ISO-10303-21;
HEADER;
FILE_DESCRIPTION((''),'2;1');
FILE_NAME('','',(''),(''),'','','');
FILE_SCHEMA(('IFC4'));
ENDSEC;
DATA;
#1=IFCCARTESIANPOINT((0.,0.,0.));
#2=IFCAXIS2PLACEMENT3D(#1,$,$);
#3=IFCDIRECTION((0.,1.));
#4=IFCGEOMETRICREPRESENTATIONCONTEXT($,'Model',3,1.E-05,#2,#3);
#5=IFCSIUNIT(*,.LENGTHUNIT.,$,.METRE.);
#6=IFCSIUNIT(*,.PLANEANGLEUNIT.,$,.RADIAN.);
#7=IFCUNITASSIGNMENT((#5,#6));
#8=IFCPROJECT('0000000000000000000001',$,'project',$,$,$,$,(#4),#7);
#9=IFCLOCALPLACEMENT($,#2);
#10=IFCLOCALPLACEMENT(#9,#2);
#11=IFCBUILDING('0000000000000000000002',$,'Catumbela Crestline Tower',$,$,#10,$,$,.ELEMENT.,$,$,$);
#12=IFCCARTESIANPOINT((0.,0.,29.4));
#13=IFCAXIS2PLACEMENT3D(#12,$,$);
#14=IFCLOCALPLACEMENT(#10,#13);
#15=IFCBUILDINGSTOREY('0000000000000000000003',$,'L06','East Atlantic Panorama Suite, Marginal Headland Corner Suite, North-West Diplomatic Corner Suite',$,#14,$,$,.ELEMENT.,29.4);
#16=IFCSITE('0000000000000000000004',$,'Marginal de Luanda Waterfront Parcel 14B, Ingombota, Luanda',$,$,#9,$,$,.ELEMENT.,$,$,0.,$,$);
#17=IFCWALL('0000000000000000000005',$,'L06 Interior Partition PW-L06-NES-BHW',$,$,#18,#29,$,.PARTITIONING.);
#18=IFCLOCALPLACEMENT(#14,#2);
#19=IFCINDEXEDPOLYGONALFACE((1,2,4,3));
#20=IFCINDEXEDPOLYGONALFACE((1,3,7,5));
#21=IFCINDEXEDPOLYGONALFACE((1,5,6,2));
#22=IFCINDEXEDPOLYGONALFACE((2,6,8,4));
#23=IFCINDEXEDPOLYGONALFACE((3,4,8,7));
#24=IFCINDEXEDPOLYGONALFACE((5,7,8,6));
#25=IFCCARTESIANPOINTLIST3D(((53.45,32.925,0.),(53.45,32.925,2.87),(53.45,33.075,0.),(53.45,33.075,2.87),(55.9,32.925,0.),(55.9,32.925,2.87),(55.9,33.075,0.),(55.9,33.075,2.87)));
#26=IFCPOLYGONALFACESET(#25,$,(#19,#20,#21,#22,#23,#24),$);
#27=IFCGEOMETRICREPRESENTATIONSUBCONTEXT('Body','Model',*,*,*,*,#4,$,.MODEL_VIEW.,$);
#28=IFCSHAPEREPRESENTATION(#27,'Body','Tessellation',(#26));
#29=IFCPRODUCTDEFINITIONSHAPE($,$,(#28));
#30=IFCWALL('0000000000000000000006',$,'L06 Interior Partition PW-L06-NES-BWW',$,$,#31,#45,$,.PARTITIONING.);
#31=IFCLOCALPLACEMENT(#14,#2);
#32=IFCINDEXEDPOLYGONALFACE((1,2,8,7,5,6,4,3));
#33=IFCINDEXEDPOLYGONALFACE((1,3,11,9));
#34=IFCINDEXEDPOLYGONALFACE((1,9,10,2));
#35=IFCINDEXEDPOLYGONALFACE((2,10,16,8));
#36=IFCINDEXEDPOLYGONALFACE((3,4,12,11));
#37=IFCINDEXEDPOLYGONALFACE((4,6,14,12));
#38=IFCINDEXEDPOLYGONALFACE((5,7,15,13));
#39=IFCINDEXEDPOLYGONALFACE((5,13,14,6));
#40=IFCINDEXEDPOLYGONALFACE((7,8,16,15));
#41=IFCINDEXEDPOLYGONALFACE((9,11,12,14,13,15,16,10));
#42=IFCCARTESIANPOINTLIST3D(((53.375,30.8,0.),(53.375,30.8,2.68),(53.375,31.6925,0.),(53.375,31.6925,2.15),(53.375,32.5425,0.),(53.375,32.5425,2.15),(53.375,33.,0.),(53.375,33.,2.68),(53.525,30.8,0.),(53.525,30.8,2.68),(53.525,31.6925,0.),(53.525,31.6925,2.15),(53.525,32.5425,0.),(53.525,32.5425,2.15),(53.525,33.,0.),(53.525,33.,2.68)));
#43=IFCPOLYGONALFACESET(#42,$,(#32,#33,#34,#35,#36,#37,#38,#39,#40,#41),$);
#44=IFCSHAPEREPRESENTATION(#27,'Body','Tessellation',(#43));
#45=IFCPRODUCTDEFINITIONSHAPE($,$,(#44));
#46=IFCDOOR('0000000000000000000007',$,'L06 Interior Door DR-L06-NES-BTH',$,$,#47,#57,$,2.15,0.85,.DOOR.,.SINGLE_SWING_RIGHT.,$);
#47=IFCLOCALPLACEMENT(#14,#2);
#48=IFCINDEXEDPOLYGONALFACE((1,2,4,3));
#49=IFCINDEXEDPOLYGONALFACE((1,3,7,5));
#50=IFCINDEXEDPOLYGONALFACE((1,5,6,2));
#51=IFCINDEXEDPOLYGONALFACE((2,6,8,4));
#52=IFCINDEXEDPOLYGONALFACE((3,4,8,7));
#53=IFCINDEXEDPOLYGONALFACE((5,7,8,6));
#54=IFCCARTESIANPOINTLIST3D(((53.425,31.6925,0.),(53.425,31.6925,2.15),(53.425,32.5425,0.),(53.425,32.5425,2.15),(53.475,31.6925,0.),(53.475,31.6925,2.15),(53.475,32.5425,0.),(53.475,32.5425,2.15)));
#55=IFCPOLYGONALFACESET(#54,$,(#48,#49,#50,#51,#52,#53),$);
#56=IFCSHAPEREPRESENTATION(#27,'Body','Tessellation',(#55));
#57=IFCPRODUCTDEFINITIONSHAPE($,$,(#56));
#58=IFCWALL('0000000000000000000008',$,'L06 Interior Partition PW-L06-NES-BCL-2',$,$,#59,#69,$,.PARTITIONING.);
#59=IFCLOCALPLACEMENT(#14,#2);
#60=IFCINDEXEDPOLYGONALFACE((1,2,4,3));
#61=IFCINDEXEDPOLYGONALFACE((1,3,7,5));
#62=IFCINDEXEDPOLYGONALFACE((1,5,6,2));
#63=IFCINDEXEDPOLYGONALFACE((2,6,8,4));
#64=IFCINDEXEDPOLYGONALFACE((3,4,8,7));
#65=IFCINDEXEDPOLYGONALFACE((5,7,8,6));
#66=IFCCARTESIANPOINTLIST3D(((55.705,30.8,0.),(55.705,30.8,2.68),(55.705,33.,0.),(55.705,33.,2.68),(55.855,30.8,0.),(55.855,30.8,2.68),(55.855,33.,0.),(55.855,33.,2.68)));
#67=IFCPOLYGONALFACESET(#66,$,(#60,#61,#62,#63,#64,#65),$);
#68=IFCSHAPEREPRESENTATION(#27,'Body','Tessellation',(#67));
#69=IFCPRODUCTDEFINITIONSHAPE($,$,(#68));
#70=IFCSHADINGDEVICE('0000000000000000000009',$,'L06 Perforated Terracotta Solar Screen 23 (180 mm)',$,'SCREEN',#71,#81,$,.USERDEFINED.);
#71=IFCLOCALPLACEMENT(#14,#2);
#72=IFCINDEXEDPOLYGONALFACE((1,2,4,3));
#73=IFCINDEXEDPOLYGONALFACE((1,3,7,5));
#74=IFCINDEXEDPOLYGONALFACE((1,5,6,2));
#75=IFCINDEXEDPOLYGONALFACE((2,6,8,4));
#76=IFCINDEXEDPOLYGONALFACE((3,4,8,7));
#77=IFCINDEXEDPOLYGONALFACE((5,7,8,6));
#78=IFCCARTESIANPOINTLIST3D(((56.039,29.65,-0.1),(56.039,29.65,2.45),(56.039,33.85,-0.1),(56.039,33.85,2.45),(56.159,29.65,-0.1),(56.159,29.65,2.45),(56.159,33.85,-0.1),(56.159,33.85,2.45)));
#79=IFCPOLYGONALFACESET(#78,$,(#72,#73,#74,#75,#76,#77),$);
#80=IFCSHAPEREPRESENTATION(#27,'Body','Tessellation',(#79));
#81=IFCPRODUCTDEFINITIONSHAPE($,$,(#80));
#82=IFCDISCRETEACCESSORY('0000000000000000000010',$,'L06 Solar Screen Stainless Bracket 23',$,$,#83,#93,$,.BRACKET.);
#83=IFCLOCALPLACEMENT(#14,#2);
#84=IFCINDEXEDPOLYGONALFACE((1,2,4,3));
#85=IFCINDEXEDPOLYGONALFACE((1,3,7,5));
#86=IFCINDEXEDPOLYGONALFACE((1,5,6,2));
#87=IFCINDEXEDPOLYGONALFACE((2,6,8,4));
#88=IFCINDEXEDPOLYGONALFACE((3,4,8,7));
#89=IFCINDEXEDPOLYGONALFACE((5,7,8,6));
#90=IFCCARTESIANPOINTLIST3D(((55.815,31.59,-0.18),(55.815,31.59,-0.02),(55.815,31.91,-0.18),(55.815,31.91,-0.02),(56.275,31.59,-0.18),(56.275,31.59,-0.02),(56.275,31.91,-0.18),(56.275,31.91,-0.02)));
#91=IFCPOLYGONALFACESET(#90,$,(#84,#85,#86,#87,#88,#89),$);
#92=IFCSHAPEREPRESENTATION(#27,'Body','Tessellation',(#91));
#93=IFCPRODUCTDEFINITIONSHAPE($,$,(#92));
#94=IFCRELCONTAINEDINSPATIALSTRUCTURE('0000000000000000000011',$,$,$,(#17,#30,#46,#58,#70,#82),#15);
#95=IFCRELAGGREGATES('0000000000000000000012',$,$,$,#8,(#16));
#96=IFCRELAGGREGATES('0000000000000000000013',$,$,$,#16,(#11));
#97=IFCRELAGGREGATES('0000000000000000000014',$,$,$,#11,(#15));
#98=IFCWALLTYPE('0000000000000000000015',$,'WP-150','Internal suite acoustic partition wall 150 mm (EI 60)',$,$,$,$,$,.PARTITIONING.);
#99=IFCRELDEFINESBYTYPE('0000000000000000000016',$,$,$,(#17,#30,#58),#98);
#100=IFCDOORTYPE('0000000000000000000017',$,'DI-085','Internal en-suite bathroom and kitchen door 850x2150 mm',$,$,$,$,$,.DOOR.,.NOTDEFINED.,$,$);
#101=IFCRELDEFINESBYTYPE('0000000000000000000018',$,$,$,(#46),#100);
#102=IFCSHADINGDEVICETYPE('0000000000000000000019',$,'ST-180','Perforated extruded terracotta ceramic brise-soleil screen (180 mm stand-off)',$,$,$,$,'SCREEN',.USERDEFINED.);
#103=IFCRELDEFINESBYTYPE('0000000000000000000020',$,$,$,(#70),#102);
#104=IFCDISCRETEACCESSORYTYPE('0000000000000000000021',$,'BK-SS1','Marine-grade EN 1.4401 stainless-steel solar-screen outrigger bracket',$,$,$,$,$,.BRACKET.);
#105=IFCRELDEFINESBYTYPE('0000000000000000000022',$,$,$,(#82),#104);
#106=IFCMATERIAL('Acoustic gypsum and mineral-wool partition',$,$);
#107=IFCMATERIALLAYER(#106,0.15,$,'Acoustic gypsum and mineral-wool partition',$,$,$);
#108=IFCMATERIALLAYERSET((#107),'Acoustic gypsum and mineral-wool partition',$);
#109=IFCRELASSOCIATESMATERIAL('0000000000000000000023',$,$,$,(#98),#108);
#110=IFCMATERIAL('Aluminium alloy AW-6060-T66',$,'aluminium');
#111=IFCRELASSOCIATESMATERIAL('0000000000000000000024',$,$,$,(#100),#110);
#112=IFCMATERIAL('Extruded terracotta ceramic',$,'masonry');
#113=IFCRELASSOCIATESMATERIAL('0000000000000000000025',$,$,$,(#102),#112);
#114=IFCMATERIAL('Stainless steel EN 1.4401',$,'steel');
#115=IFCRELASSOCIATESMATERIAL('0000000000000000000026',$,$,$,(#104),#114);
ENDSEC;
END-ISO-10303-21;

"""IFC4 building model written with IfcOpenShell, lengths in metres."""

from ifc_helpers import new_model, si_unit, direction, frame, frame_2d, origin, origin_2d, place, context, subcontext, project, spatial, rectangle, extrude, material, layer, layer_set, type_object, element, fill, save


model = new_model("IFC4")

# Units and contexts
model_context = context("Model", 3, precision=1e-05, world=origin(), true_north=direction((0.0, 1.0)))
body_context = subcontext(model_context, "Body", "Model", "MODEL_VIEW")
ifc_project = project(units=[si_unit("LENGTHUNIT", "METRE"), si_unit("PLANEANGLEUNIT", "RADIAN")], contexts=[model_context])

# Site, building, storey
site_placement = place(None, origin())
site = spatial("IfcSite", under=ifc_project, at=site_placement, Name="Marginal de Luanda Waterfront Parcel 14B, Ingombota, Luanda", CompositionType="ELEMENT", RefElevation=0.0)
building_placement = place(site_placement, origin())
building = spatial("IfcBuilding", under=site, at=building_placement, Name="Catumbela Crestline Tower", CompositionType="ELEMENT")
storey_placement = place(building_placement, frame((0.0, 0.0, 29.4)))
storey = spatial("IfcBuildingStorey", under=building, at=storey_placement, Name="L06", Description="East Atlantic Panorama Suite, Marginal Headland Corner Suite, North-West Diplomatic Corner Suite", CompositionType="ELEMENT", Elevation=29.4)

# Shared definitions
ifc_material_1 = material(Name="Aluminium alloy AW-6060-T66", Category="aluminium")

# Shared definitions
ifc_material_2 = material(Name="Acoustic gypsum and mineral-wool partition")

# Wall
ifc_layer_1 = layer(ifc_material_2, 0.15, Name="Acoustic gypsum and mineral-wool partition")
ifc_layer_set_1 = layer_set([ifc_layer_1], Name="Acoustic gypsum and mineral-wool partition")
wall_type_1 = type_object("IfcWallType", Name="WP-150", Description="Internal suite acoustic partition wall 150 mm (EI 60)", PredefinedType="PARTITIONING", material=ifc_layer_set_1)
wall_1_placement = place(storey_placement, frame((53.45, 33.0, 0.0), z_axis=(0.0, 0.0, 1.0), x_axis=(1.0, 0.0, 0.0)))
element("IfcWall", 1, at=wall_1_placement, inside=storey, type_object=wall_type_1, Name="L06 Interior Partition PW-L06-NES-BHW", PredefinedType="PARTITIONING", context=body_context, shape_type="SweptSolid", body=[
    extrude(rectangle(XDim=2.45, YDim=0.15, at=frame_2d((1.225, 0.0))), origin(), (0.0, 0.0, 1.0), 2.87),
])

# Wall, opening, door
wall_2_placement = place(storey_placement, frame((53.45, 30.8, 0.0), z_axis=(0.0, 0.0, 1.0), x_axis=(0.0, 1.0, 0.0)))
wall_2 = element("IfcWall", 2, at=wall_2_placement, inside=storey, type_object=wall_type_1, Name="L06 Interior Partition PW-L06-NES-BWW", PredefinedType="PARTITIONING", context=body_context, shape_type="SweptSolid", body=[
    extrude(rectangle(XDim=2.2, YDim=0.15, at=frame_2d((1.1, 0.0))), origin(), (0.0, 0.0, 1.0), 2.68),
])
opening_1_placement = place(wall_2_placement, frame((0.8925, 0.0, 0.0)))
opening_1 = element("IfcOpeningElement", 3, at=opening_1_placement, cuts=wall_2, PredefinedType="OPENING", context=body_context, shape_type="SweptSolid", body=[
    extrude(rectangle(XDim=0.85, YDim=2.15, at=frame_2d((0.425, 1.075))), frame((0.0, 0.085, 0.0), z_axis=(0.0, -1.0, 0.0), x_axis=(1.0, 0.0, 0.0)), (0.0, 0.0, 1.0), 0.17),
])
door_type_1 = type_object("IfcDoorType", Name="DI-085", Description="Internal en-suite bathroom and kitchen door 850x2150 mm", OperationType="NOTDEFINED", PredefinedType="DOOR", material=ifc_material_1)
door_1_placement = place(opening_1_placement, origin())
door_1 = element("IfcDoor", 4, at=door_1_placement, inside=storey, type_object=door_type_1, Name="L06 Interior Door DR-L06-NES-BTH", OperationType="SINGLE_SWING_RIGHT", OverallHeight=2.15, OverallWidth=0.85, PredefinedType="DOOR", context=body_context, shape_type="SweptSolid", body=[
    extrude(rectangle(XDim=0.85, YDim=2.15, at=frame_2d((0.425, 1.075))), frame((0.0, 0.025, 0.0), z_axis=(0.0, -1.0, 0.0), x_axis=(1.0, 0.0, 0.0)), (0.0, 0.0, 1.0), 0.05),
])
fill(opening_1, door_1)

# Wall
wall_3_placement = place(storey_placement, frame((55.78, 33.0, 0.0), z_axis=(0.0, 0.0, 1.0), x_axis=(0.0, -1.0, 0.0)))
element("IfcWall", 5, at=wall_3_placement, inside=storey, type_object=wall_type_1, Name="L06 Interior Partition PW-L06-NES-BCL-2", PredefinedType="PARTITIONING", context=body_context, shape_type="SweptSolid", body=[
    extrude(rectangle(XDim=2.2, YDim=0.15, at=frame_2d((1.1, 0.0))), origin(), (0.0, 0.0, 1.0), 2.68),
])

# Shading device
ifc_material_3 = material(Name="Extruded terracotta ceramic", Category="masonry")
shading_device_type = type_object("IfcShadingDeviceType", Name="ST-180", Description="Perforated extruded terracotta ceramic brise-soleil screen (180 mm stand-off)", ElementType="SCREEN", PredefinedType="USERDEFINED", material=ifc_material_3)
shading_device_placement = place(storey_placement, frame((56.099, 31.75, -0.1), z_axis=(0.0, 0.0, 1.0), x_axis=(0.0, 1.0, 0.0)))
element("IfcShadingDevice", 6, at=shading_device_placement, inside=storey, type_object=shading_device_type, Name="L06 Perforated Terracotta Solar Screen 23 (180 mm)", ObjectType="SCREEN", PredefinedType="USERDEFINED", context=body_context, shape_type="SweptSolid", body=[
    extrude(rectangle(XDim=4.2, YDim=0.12, at=origin_2d()), origin(), (0.0, 0.0, 1.0), 2.55),
])

# Discrete accessory
ifc_material_4 = material(Name="Stainless steel EN 1.4401", Category="steel")
discrete_accessory_type = type_object("IfcDiscreteAccessoryType", Name="BK-SS1", Description="Marine-grade EN 1.4401 stainless-steel solar-screen outrigger bracket", PredefinedType="BRACKET", material=ifc_material_4)
discrete_accessory_placement = place(storey_placement, frame((56.045, 31.75, -0.18), z_axis=(0.0, 0.0, 1.0), x_axis=(0.0, 1.0, 0.0)))
element("IfcDiscreteAccessory", 7, at=discrete_accessory_placement, inside=storey, type_object=discrete_accessory_type, Name="L06 Solar Screen Stainless Bracket 23", PredefinedType="BRACKET", context=body_context, shape_type="SweptSolid", body=[
    extrude(rectangle(XDim=0.32, YDim=0.46, at=origin_2d()), origin(), (0.0, 0.0, 1.0), 0.16),
])

save(model, "model.ifc")
